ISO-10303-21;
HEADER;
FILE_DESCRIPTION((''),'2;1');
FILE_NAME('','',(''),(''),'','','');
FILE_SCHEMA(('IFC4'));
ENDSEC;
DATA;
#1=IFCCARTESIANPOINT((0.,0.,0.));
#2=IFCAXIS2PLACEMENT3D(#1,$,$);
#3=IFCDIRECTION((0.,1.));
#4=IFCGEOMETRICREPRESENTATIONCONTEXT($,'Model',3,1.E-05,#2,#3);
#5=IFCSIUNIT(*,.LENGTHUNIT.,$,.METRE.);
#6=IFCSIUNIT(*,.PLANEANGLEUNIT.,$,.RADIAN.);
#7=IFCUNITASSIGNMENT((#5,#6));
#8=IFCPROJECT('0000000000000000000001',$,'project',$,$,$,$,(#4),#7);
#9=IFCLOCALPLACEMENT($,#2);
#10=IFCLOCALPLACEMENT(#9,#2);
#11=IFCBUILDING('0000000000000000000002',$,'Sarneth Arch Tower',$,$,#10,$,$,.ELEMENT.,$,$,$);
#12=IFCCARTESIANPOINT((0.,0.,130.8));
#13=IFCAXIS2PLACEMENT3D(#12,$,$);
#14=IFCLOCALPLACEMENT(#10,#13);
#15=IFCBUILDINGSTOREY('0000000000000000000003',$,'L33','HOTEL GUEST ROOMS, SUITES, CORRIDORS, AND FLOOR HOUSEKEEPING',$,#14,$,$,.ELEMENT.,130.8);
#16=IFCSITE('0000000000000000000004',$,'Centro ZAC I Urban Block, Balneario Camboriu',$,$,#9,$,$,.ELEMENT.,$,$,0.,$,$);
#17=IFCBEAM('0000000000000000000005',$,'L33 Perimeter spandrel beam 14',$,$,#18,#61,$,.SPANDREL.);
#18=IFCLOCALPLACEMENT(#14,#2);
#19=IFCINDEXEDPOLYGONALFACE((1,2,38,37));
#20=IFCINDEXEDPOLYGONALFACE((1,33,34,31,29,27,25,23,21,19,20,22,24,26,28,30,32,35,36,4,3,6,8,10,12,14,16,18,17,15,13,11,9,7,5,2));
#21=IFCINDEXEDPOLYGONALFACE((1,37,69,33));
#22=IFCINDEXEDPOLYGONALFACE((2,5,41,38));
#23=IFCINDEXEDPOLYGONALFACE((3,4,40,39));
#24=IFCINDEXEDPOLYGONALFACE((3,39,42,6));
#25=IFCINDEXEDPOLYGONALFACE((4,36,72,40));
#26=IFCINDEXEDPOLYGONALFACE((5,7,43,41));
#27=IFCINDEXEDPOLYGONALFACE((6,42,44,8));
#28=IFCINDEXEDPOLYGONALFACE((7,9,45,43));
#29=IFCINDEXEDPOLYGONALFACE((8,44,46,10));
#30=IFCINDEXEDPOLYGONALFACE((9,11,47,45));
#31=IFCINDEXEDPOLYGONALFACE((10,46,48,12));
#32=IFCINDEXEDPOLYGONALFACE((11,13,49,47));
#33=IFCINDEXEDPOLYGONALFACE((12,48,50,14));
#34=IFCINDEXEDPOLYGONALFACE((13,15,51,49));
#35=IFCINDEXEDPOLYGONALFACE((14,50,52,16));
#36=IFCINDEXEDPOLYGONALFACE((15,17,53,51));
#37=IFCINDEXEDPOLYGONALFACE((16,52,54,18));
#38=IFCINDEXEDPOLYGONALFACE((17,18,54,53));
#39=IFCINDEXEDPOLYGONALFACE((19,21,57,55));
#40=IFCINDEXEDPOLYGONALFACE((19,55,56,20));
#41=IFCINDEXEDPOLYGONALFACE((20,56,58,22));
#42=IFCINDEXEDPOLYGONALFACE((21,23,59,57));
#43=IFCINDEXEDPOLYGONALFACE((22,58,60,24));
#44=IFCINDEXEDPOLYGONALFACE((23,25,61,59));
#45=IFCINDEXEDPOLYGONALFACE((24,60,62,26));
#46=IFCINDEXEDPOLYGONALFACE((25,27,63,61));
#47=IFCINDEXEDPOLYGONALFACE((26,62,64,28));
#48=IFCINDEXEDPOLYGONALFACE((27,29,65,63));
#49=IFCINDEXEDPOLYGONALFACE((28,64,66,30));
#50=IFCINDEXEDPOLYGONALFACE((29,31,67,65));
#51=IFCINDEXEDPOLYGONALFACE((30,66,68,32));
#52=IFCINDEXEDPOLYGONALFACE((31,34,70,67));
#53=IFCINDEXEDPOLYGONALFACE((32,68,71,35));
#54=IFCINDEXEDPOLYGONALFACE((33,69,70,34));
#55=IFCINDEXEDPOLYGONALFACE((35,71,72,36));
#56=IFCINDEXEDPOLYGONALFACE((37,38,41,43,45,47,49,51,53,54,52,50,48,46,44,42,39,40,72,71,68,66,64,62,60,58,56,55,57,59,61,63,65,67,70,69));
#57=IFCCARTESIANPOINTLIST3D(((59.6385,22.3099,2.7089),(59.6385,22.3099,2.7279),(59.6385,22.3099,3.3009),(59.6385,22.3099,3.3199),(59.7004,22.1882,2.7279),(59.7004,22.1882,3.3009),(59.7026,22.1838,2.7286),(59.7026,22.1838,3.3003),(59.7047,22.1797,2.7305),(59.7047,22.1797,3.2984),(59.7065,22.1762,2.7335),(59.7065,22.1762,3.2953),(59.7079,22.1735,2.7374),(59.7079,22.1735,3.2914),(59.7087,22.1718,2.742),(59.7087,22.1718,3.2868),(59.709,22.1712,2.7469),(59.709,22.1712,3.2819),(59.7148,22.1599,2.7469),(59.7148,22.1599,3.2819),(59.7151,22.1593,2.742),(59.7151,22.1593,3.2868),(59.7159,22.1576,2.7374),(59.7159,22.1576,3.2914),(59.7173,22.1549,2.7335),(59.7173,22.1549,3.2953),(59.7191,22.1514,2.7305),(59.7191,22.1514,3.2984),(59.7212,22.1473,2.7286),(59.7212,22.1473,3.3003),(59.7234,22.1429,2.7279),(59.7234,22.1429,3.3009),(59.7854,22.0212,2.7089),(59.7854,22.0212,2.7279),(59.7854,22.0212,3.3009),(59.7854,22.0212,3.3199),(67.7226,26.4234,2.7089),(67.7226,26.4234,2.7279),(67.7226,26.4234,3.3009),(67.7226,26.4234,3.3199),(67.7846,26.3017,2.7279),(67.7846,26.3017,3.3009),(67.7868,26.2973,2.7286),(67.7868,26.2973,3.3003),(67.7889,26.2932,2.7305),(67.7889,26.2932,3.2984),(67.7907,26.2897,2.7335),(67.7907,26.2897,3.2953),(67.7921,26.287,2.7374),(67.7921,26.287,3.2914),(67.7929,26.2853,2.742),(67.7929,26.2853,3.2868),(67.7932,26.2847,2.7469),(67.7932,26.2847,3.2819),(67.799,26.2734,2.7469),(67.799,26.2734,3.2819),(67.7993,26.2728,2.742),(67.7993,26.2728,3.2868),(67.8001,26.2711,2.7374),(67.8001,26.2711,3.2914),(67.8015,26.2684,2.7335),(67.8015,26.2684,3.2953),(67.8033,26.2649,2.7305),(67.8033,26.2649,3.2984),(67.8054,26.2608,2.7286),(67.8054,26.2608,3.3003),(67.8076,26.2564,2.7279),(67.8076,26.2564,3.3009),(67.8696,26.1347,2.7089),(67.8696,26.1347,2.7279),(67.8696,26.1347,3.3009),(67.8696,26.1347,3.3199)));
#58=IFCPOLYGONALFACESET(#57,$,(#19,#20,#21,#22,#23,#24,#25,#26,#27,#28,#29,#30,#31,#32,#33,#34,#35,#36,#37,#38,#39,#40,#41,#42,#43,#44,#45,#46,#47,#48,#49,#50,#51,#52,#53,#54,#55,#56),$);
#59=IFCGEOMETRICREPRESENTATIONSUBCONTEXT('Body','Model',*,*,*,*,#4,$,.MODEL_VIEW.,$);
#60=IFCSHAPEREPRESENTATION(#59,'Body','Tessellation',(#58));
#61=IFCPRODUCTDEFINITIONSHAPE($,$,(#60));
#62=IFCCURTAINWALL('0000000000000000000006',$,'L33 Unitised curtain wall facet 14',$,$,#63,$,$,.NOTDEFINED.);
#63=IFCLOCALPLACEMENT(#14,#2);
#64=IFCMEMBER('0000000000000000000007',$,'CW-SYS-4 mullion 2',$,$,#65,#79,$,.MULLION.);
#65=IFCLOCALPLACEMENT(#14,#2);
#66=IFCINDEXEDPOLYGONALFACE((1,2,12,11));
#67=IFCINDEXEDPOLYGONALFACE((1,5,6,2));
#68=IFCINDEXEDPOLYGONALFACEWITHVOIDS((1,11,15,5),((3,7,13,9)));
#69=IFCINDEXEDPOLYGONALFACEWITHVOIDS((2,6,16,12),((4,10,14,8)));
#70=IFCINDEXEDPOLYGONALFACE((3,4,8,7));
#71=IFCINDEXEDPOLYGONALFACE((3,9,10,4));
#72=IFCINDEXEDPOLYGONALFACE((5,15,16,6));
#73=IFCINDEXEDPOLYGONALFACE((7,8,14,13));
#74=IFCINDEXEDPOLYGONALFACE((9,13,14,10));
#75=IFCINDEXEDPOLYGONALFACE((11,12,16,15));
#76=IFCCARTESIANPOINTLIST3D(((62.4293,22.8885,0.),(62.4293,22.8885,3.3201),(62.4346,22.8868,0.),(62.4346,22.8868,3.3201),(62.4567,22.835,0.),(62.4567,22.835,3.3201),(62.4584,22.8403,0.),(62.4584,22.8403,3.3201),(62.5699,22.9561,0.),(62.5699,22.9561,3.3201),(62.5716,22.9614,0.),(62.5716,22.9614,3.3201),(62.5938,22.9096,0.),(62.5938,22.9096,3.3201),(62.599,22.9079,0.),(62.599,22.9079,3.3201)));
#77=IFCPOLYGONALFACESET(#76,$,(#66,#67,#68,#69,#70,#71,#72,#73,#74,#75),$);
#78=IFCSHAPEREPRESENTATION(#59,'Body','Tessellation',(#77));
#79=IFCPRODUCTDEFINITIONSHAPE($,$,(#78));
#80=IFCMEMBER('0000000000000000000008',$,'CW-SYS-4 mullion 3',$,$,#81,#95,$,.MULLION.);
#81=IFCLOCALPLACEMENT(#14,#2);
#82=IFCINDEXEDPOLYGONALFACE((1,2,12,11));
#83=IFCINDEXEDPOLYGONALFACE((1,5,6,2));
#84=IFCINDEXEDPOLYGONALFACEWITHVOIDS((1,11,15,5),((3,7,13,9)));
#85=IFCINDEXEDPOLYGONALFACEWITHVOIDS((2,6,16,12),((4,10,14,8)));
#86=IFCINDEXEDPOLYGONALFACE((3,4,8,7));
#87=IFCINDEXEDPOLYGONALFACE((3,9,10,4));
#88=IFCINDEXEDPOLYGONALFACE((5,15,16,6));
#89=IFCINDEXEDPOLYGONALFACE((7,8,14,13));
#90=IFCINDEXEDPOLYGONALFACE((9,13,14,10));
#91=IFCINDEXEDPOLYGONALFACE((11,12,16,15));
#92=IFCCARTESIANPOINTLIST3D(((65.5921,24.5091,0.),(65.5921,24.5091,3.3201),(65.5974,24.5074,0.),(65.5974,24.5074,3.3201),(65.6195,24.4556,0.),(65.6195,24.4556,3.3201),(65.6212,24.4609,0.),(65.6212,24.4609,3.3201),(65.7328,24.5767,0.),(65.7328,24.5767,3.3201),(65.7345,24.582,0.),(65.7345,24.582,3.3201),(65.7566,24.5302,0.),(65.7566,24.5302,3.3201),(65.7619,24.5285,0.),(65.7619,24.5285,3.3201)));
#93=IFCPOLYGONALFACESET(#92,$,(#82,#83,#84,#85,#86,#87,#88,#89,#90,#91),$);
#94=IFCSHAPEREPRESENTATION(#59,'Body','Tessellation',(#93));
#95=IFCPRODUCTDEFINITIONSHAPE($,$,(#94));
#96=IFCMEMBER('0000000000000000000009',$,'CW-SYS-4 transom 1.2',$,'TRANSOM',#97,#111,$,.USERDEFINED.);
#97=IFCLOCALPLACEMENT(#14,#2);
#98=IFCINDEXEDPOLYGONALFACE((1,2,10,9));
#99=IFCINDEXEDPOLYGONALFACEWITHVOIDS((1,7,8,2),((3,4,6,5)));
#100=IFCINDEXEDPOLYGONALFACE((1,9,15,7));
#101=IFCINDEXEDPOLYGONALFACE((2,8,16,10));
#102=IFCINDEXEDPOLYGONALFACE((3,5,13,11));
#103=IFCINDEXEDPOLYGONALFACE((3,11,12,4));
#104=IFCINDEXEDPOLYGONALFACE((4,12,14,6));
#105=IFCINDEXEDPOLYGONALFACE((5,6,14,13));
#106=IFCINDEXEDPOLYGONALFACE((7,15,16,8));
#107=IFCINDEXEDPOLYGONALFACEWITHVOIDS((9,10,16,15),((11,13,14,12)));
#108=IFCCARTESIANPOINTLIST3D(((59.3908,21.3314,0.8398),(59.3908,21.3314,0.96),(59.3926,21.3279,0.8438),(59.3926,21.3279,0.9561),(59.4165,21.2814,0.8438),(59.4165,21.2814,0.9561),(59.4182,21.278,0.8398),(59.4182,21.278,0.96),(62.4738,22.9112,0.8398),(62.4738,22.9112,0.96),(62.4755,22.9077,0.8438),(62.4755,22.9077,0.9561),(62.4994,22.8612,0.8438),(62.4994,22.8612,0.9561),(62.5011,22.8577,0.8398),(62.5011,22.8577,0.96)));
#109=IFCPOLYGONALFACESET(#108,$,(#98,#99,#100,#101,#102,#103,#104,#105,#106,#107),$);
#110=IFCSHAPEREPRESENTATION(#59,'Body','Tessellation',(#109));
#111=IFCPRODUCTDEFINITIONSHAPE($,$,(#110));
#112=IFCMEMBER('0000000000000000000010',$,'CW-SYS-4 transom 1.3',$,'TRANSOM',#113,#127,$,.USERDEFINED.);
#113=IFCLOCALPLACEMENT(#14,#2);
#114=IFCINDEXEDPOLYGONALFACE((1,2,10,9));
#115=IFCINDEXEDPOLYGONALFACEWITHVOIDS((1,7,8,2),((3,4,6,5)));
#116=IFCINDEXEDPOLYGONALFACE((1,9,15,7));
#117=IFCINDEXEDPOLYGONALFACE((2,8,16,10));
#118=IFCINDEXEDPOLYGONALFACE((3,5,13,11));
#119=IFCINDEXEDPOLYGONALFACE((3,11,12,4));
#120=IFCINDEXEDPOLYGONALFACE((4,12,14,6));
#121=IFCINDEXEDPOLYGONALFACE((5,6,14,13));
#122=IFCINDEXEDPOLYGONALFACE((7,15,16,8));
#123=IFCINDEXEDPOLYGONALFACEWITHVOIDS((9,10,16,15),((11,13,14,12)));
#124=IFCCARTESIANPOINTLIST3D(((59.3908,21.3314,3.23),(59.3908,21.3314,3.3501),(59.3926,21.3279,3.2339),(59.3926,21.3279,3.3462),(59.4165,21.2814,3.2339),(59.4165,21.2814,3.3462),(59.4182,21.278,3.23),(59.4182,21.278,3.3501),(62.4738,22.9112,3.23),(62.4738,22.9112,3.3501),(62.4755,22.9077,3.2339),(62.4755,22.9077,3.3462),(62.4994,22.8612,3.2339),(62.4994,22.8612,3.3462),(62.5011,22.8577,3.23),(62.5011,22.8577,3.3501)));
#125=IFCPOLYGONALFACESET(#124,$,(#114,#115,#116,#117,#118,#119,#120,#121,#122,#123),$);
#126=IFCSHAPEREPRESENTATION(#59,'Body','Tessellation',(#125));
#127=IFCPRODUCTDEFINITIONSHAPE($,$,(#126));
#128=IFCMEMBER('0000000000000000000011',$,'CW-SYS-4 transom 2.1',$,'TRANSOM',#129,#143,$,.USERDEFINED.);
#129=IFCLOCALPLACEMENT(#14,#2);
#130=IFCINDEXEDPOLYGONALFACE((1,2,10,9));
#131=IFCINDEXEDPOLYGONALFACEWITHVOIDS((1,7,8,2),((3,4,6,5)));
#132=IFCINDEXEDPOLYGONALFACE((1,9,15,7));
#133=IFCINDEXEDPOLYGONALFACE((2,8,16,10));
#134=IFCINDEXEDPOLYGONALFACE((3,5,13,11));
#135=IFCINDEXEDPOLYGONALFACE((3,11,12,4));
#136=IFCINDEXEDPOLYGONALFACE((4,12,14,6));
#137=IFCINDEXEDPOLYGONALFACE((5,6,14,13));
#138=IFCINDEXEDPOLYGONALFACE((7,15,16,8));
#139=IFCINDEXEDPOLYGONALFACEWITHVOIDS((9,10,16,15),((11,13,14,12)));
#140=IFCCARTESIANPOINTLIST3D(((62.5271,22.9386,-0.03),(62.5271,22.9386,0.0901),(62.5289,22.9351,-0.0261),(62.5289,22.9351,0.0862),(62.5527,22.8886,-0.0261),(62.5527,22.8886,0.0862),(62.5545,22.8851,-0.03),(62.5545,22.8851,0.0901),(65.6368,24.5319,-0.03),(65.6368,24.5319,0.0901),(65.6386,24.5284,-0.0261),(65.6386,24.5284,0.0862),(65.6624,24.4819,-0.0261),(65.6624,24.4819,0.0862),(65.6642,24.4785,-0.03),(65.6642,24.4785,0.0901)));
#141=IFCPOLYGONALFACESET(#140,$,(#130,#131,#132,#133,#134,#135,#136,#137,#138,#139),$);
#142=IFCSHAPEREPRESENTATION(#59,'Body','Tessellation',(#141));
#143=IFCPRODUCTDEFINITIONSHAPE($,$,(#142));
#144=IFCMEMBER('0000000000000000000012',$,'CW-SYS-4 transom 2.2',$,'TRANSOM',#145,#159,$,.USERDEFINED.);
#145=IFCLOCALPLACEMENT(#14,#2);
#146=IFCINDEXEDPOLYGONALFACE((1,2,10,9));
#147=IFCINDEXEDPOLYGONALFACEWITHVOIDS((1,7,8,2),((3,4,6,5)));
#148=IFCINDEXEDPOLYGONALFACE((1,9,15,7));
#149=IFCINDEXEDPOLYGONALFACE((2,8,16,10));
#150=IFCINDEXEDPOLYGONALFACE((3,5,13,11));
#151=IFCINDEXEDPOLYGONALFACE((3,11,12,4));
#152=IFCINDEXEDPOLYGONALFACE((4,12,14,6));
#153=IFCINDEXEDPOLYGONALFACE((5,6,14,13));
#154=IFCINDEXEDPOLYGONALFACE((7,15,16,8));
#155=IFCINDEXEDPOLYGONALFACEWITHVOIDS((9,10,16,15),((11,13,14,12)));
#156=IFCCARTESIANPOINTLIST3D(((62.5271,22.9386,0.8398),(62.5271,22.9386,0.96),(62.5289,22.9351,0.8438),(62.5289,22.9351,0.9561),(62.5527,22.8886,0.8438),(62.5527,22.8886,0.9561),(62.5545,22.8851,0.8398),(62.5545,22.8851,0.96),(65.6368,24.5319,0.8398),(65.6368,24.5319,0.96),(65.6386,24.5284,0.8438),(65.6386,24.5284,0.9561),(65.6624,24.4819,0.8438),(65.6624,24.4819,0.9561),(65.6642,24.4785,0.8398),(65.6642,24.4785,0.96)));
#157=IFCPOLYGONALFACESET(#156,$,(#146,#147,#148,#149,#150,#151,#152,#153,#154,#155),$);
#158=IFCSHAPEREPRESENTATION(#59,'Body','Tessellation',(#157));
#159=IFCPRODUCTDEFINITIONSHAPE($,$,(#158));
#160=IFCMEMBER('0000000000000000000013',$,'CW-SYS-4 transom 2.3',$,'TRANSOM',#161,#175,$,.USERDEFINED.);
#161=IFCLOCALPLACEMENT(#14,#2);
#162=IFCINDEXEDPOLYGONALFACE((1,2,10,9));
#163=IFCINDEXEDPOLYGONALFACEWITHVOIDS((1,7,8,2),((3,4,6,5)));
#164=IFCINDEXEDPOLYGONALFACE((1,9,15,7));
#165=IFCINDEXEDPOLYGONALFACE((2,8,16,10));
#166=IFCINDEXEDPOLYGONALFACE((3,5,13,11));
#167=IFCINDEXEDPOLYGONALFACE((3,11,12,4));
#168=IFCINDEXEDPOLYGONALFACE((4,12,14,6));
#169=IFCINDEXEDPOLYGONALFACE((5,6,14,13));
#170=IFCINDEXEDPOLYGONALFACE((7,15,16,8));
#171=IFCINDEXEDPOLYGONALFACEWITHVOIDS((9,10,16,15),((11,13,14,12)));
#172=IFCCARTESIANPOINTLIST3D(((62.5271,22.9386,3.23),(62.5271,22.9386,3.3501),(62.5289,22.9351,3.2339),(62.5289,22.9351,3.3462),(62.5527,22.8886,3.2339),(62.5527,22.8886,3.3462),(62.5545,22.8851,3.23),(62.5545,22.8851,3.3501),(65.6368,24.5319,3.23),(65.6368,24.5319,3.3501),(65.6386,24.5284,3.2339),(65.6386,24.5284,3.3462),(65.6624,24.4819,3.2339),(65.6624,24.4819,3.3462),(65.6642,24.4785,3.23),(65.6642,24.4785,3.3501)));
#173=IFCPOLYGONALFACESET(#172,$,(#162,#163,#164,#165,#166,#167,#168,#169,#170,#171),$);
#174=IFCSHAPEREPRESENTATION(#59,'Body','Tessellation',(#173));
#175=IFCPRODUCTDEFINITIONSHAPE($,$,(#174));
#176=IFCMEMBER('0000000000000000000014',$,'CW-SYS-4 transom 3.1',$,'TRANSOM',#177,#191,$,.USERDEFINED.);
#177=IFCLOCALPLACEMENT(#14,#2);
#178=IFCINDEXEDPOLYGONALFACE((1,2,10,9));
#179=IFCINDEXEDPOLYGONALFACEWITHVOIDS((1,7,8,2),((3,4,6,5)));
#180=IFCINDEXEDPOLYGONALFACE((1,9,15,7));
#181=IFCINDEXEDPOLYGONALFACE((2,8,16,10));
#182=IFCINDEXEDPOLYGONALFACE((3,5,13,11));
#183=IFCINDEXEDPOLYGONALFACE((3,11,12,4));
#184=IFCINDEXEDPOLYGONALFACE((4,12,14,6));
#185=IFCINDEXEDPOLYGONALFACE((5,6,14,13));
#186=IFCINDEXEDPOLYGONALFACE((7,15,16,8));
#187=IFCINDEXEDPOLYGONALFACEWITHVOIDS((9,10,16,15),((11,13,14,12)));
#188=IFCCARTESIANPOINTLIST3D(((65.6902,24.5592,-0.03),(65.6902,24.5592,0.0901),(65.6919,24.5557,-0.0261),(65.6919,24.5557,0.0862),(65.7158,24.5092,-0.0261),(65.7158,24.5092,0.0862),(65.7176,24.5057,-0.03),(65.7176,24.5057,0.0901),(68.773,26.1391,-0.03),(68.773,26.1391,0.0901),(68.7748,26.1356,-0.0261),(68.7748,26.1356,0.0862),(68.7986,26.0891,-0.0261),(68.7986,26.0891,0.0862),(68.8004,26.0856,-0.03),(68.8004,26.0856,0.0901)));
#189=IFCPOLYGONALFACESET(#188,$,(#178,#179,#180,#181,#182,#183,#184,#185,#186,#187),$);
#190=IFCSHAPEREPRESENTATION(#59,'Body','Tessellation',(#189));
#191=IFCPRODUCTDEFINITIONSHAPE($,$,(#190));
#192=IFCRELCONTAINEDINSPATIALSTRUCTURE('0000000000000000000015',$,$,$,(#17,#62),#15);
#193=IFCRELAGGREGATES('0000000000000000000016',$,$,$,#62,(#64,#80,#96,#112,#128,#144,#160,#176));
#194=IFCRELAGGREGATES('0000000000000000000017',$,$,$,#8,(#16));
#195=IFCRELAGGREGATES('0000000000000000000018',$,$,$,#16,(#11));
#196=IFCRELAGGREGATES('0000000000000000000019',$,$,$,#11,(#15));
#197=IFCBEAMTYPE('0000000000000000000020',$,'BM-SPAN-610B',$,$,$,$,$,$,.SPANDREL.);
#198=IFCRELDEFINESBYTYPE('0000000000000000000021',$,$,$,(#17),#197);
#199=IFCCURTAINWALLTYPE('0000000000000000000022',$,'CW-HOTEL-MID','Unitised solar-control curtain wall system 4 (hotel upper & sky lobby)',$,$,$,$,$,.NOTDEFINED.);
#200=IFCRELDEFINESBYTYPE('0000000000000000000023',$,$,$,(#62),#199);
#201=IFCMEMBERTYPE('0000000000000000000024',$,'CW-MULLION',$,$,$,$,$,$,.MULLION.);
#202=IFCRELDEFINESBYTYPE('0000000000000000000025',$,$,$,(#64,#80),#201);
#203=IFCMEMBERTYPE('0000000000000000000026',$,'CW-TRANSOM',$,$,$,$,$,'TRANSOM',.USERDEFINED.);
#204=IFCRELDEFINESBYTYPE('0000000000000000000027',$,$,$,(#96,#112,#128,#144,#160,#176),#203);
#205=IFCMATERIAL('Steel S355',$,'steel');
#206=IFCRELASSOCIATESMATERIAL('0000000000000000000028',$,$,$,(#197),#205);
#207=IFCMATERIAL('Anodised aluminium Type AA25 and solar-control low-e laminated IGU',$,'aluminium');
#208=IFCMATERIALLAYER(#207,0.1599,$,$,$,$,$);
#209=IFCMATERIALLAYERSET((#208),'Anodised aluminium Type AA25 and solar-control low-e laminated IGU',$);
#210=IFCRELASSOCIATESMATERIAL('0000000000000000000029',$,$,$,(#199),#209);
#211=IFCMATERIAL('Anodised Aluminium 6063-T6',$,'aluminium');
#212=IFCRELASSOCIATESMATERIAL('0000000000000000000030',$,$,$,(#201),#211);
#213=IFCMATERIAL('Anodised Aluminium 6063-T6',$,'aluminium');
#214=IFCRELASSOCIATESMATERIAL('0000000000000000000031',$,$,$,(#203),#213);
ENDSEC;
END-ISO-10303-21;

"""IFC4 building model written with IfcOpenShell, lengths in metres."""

from ifc_helpers import new_model, si_unit, direction, frame, origin, origin_2d, place, context, subcontext, project, spatial, hollow_rectangle, i_section, extrude, material, layer, layer_set, material_profile, profile_set, type_object, element, aggregate, save


model = new_model("IFC4")

# Units and contexts
model_context = context("Model", 3, precision=1e-05, world=origin(), true_north=direction((0.0, 1.0)))
body_context = subcontext(model_context, "Body", "Model", "MODEL_VIEW")
ifc_project = project(units=[si_unit("LENGTHUNIT", "METRE"), si_unit("PLANEANGLEUNIT", "RADIAN")], contexts=[model_context])

# Site, building, storey
site_placement = place(None, origin())
site = spatial("IfcSite", under=ifc_project, at=site_placement, Name="Centro ZAC I Urban Block, Balneario Camboriu", CompositionType="ELEMENT", RefElevation=0.0)
building_placement = place(site_placement, origin())
building = spatial("IfcBuilding", under=site, at=building_placement, Name="Sarneth Arch Tower", CompositionType="ELEMENT")
storey_placement = place(building_placement, frame((0.0, 0.0, 130.8)))
storey = spatial("IfcBuildingStorey", under=building, at=storey_placement, Name="L33", Description="HOTEL GUEST ROOMS, SUITES, CORRIDORS, AND FLOOR HOUSEKEEPING", CompositionType="ELEMENT", Elevation=130.8)

# Beam
ifc_material_1 = material(Name="Steel S355", Category="steel")
ifc_material_profile_1 = material_profile(ifc_material_1, i_section(OverallWidth=0.324, OverallDepth=0.6111, WebThickness=0.0127, FlangeThickness=0.019, FilletRadius=0.019, at=origin_2d()), Name="W610x155")
ifc_profile_set_1 = profile_set([ifc_material_profile_1], Name="Steel S355")
beam_type = type_object("IfcBeamType", Name="BM-SPAN-610B", PredefinedType="SPANDREL", material=ifc_profile_set_1)
beam_placement = place(storey_placement, frame((59.7119, 22.1655, 3.0144), z_axis=(0.891256, 0.453501, 0.0), x_axis=(-0.453501, 0.891256, 0.0)))
element("IfcBeam", 1, at=beam_placement, inside=storey, type_object=beam_type, Name="L33 Perimeter spandrel beam 14", PredefinedType="SPANDREL", context=body_context, shape_type="SweptSolid", body=[
    extrude(i_section(OverallWidth=0.324, OverallDepth=0.6111, WebThickness=0.0127, FlangeThickness=0.019, FilletRadius=0.019, at=origin_2d()), origin(), (0.0, 0.0, 1.0), 9.0706),
])

# Curtain wall, members
ifc_material_2 = material(Name="Anodised aluminium Type AA25 and solar-control low-e laminated IGU", Category="aluminium")
ifc_layer_1 = layer(ifc_material_2, 0.1599)
ifc_layer_set_1 = layer_set([ifc_layer_1], Name="Anodised aluminium Type AA25 and solar-control low-e laminated IGU")
curtain_wall_type = type_object("IfcCurtainWallType", Name="CW-HOTEL-MID", Description="Unitised solar-control curtain wall system 4 (hotel upper & sky lobby)", PredefinedType="NOTDEFINED", material=ifc_layer_set_1)
curtain_wall_placement = place(storey_placement, origin())
curtain_wall = element("IfcCurtainWall", 2, at=curtain_wall_placement, inside=storey, type_object=curtain_wall_type, Name="L33 Unitised curtain wall facet 14", PredefinedType="NOTDEFINED")
ifc_material_3 = material(Name="Anodised Aluminium 6063-T6", Category="aluminium")
ifc_material_profile_2 = material_profile(ifc_material_3, hollow_rectangle(XDim=0.0601, YDim=0.1599, WallThickness=0.0039, at=origin_2d()), Name="AL-MULL-160x60x4")
ifc_profile_set_2 = profile_set([ifc_material_profile_2], Name="Anodised Aluminium 6063-T6")
member_type_1 = type_object("IfcMemberType", Name="CW-MULLION", PredefinedType="MULLION", material=ifc_profile_set_2)
member_1_placement = place(storey_placement, frame((62.5142, 22.8982, 0.0), z_axis=(0.0, 0.0, 1.0), x_axis=(-0.456031, 0.889964, 0.0)))
member_1 = element("IfcMember", 3, at=member_1_placement, type_object=member_type_1, Name="CW-SYS-4 mullion 2", PredefinedType="MULLION", context=body_context, shape_type="SweptSolid", body=[
    extrude(hollow_rectangle(XDim=0.0601, YDim=0.1599, WallThickness=0.0039, at=origin_2d()), origin(), (0.0, 0.0, 1.0), 3.3201),
])
member_2_placement = place(storey_placement, frame((65.677, 24.5188, 0.0), z_axis=(0.0, 0.0, 1.0), x_axis=(-0.456031, 0.889964, 0.0)))
member_2 = element("IfcMember", 4, at=member_2_placement, type_object=member_type_1, Name="CW-SYS-4 mullion 3", PredefinedType="MULLION", context=body_context, shape_type="SweptSolid", body=[
    extrude(hollow_rectangle(XDim=0.0601, YDim=0.1599, WallThickness=0.0039, at=origin_2d()), origin(), (0.0, 0.0, 1.0), 3.3201),
])
ifc_material_4 = material(Name="Anodised Aluminium 6063-T6", Category="aluminium")
ifc_material_profile_3 = material_profile(ifc_material_4, hollow_rectangle(XDim=0.0601, YDim=0.1201, WallThickness=0.0039, at=origin_2d()), Name="AL-TRAN-120x60x4")
ifc_profile_set_3 = profile_set([ifc_material_profile_3], Name="Anodised Aluminium 6063-T6")
member_type_2 = type_object("IfcMemberType", Name="CW-TRANSOM", ElementType="TRANSOM", PredefinedType="USERDEFINED", material=ifc_profile_set_3)
member_3_placement = place(storey_placement, frame((59.4045, 21.3047, 0.8999), z_axis=(0.889958, 0.456043, 0.0), x_axis=(-0.456043, 0.889958, 0.0)))
member_3 = element("IfcMember", 5, at=member_3_placement, type_object=member_type_2, Name="CW-SYS-4 transom 1.2", ObjectType="TRANSOM", PredefinedType="USERDEFINED", context=body_context, shape_type="SweptSolid", body=[
    extrude(hollow_rectangle(XDim=0.0601, YDim=0.1201, WallThickness=0.0039, at=origin_2d()), origin(), (0.0, 0.0, 1.0), 3.4641),
])
member_4_placement = place(storey_placement, frame((59.4045, 21.3047, 3.29), z_axis=(0.889958, 0.456043, 0.0), x_axis=(-0.456043, 0.889958, 0.0)))
member_4 = element("IfcMember", 6, at=member_4_placement, type_object=member_type_2, Name="CW-SYS-4 transom 1.3", ObjectType="TRANSOM", PredefinedType="USERDEFINED", context=body_context, shape_type="SweptSolid", body=[
    extrude(hollow_rectangle(XDim=0.0601, YDim=0.1201, WallThickness=0.0039, at=origin_2d()), origin(), (0.0, 0.0, 1.0), 3.4641),
])
member_5_placement = place(storey_placement, frame((62.5408, 22.9119, 0.03), z_axis=(0.889982, 0.455996, 0.0), x_axis=(-0.455996, 0.889982, 0.0)))
member_5 = element("IfcMember", 7, at=member_5_placement, type_object=member_type_2, Name="CW-SYS-4 transom 2.1", ObjectType="TRANSOM", PredefinedType="USERDEFINED", context=body_context, shape_type="SweptSolid", body=[
    extrude(hollow_rectangle(XDim=0.0601, YDim=0.1201, WallThickness=0.0039, at=origin_2d()), origin(), (0.0, 0.0, 1.0), 3.4941),
])
member_6_placement = place(storey_placement, frame((62.5408, 22.9119, 0.8999), z_axis=(0.889982, 0.455996, 0.0), x_axis=(-0.455996, 0.889982, 0.0)))
member_6 = element("IfcMember", 8, at=member_6_placement, type_object=member_type_2, Name="CW-SYS-4 transom 2.2", ObjectType="TRANSOM", PredefinedType="USERDEFINED", context=body_context, shape_type="SweptSolid", body=[
    extrude(hollow_rectangle(XDim=0.0601, YDim=0.1201, WallThickness=0.0039, at=origin_2d()), origin(), (0.0, 0.0, 1.0), 3.4941),
])
member_7_placement = place(storey_placement, frame((62.5408, 22.9119, 3.29), z_axis=(0.889982, 0.455996, 0.0), x_axis=(-0.455996, 0.889982, 0.0)))
member_7 = element("IfcMember", 9, at=member_7_placement, type_object=member_type_2, Name="CW-SYS-4 transom 2.3", ObjectType="TRANSOM", PredefinedType="USERDEFINED", context=body_context, shape_type="SweptSolid", body=[
    extrude(hollow_rectangle(XDim=0.0601, YDim=0.1201, WallThickness=0.0039, at=origin_2d()), origin(), (0.0, 0.0, 1.0), 3.4941),
])
member_8_placement = place(storey_placement, frame((65.7039, 24.5325, 0.03), z_axis=(0.889943, 0.456072, 0.0), x_axis=(-0.456072, 0.889943, 0.0)))
member_8 = element("IfcMember", 10, at=member_8_placement, type_object=member_type_2, Name="CW-SYS-4 transom 3.1", ObjectType="TRANSOM", PredefinedType="USERDEFINED", context=body_context, shape_type="SweptSolid", body=[
    extrude(hollow_rectangle(XDim=0.0601, YDim=0.1201, WallThickness=0.0039, at=origin_2d()), origin(), (0.0, 0.0, 1.0), 3.4641),
])
aggregate(curtain_wall, [member_1, member_2, member_3, member_4, member_5, member_6, member_7, member_8])

save(model, "model.ifc")
